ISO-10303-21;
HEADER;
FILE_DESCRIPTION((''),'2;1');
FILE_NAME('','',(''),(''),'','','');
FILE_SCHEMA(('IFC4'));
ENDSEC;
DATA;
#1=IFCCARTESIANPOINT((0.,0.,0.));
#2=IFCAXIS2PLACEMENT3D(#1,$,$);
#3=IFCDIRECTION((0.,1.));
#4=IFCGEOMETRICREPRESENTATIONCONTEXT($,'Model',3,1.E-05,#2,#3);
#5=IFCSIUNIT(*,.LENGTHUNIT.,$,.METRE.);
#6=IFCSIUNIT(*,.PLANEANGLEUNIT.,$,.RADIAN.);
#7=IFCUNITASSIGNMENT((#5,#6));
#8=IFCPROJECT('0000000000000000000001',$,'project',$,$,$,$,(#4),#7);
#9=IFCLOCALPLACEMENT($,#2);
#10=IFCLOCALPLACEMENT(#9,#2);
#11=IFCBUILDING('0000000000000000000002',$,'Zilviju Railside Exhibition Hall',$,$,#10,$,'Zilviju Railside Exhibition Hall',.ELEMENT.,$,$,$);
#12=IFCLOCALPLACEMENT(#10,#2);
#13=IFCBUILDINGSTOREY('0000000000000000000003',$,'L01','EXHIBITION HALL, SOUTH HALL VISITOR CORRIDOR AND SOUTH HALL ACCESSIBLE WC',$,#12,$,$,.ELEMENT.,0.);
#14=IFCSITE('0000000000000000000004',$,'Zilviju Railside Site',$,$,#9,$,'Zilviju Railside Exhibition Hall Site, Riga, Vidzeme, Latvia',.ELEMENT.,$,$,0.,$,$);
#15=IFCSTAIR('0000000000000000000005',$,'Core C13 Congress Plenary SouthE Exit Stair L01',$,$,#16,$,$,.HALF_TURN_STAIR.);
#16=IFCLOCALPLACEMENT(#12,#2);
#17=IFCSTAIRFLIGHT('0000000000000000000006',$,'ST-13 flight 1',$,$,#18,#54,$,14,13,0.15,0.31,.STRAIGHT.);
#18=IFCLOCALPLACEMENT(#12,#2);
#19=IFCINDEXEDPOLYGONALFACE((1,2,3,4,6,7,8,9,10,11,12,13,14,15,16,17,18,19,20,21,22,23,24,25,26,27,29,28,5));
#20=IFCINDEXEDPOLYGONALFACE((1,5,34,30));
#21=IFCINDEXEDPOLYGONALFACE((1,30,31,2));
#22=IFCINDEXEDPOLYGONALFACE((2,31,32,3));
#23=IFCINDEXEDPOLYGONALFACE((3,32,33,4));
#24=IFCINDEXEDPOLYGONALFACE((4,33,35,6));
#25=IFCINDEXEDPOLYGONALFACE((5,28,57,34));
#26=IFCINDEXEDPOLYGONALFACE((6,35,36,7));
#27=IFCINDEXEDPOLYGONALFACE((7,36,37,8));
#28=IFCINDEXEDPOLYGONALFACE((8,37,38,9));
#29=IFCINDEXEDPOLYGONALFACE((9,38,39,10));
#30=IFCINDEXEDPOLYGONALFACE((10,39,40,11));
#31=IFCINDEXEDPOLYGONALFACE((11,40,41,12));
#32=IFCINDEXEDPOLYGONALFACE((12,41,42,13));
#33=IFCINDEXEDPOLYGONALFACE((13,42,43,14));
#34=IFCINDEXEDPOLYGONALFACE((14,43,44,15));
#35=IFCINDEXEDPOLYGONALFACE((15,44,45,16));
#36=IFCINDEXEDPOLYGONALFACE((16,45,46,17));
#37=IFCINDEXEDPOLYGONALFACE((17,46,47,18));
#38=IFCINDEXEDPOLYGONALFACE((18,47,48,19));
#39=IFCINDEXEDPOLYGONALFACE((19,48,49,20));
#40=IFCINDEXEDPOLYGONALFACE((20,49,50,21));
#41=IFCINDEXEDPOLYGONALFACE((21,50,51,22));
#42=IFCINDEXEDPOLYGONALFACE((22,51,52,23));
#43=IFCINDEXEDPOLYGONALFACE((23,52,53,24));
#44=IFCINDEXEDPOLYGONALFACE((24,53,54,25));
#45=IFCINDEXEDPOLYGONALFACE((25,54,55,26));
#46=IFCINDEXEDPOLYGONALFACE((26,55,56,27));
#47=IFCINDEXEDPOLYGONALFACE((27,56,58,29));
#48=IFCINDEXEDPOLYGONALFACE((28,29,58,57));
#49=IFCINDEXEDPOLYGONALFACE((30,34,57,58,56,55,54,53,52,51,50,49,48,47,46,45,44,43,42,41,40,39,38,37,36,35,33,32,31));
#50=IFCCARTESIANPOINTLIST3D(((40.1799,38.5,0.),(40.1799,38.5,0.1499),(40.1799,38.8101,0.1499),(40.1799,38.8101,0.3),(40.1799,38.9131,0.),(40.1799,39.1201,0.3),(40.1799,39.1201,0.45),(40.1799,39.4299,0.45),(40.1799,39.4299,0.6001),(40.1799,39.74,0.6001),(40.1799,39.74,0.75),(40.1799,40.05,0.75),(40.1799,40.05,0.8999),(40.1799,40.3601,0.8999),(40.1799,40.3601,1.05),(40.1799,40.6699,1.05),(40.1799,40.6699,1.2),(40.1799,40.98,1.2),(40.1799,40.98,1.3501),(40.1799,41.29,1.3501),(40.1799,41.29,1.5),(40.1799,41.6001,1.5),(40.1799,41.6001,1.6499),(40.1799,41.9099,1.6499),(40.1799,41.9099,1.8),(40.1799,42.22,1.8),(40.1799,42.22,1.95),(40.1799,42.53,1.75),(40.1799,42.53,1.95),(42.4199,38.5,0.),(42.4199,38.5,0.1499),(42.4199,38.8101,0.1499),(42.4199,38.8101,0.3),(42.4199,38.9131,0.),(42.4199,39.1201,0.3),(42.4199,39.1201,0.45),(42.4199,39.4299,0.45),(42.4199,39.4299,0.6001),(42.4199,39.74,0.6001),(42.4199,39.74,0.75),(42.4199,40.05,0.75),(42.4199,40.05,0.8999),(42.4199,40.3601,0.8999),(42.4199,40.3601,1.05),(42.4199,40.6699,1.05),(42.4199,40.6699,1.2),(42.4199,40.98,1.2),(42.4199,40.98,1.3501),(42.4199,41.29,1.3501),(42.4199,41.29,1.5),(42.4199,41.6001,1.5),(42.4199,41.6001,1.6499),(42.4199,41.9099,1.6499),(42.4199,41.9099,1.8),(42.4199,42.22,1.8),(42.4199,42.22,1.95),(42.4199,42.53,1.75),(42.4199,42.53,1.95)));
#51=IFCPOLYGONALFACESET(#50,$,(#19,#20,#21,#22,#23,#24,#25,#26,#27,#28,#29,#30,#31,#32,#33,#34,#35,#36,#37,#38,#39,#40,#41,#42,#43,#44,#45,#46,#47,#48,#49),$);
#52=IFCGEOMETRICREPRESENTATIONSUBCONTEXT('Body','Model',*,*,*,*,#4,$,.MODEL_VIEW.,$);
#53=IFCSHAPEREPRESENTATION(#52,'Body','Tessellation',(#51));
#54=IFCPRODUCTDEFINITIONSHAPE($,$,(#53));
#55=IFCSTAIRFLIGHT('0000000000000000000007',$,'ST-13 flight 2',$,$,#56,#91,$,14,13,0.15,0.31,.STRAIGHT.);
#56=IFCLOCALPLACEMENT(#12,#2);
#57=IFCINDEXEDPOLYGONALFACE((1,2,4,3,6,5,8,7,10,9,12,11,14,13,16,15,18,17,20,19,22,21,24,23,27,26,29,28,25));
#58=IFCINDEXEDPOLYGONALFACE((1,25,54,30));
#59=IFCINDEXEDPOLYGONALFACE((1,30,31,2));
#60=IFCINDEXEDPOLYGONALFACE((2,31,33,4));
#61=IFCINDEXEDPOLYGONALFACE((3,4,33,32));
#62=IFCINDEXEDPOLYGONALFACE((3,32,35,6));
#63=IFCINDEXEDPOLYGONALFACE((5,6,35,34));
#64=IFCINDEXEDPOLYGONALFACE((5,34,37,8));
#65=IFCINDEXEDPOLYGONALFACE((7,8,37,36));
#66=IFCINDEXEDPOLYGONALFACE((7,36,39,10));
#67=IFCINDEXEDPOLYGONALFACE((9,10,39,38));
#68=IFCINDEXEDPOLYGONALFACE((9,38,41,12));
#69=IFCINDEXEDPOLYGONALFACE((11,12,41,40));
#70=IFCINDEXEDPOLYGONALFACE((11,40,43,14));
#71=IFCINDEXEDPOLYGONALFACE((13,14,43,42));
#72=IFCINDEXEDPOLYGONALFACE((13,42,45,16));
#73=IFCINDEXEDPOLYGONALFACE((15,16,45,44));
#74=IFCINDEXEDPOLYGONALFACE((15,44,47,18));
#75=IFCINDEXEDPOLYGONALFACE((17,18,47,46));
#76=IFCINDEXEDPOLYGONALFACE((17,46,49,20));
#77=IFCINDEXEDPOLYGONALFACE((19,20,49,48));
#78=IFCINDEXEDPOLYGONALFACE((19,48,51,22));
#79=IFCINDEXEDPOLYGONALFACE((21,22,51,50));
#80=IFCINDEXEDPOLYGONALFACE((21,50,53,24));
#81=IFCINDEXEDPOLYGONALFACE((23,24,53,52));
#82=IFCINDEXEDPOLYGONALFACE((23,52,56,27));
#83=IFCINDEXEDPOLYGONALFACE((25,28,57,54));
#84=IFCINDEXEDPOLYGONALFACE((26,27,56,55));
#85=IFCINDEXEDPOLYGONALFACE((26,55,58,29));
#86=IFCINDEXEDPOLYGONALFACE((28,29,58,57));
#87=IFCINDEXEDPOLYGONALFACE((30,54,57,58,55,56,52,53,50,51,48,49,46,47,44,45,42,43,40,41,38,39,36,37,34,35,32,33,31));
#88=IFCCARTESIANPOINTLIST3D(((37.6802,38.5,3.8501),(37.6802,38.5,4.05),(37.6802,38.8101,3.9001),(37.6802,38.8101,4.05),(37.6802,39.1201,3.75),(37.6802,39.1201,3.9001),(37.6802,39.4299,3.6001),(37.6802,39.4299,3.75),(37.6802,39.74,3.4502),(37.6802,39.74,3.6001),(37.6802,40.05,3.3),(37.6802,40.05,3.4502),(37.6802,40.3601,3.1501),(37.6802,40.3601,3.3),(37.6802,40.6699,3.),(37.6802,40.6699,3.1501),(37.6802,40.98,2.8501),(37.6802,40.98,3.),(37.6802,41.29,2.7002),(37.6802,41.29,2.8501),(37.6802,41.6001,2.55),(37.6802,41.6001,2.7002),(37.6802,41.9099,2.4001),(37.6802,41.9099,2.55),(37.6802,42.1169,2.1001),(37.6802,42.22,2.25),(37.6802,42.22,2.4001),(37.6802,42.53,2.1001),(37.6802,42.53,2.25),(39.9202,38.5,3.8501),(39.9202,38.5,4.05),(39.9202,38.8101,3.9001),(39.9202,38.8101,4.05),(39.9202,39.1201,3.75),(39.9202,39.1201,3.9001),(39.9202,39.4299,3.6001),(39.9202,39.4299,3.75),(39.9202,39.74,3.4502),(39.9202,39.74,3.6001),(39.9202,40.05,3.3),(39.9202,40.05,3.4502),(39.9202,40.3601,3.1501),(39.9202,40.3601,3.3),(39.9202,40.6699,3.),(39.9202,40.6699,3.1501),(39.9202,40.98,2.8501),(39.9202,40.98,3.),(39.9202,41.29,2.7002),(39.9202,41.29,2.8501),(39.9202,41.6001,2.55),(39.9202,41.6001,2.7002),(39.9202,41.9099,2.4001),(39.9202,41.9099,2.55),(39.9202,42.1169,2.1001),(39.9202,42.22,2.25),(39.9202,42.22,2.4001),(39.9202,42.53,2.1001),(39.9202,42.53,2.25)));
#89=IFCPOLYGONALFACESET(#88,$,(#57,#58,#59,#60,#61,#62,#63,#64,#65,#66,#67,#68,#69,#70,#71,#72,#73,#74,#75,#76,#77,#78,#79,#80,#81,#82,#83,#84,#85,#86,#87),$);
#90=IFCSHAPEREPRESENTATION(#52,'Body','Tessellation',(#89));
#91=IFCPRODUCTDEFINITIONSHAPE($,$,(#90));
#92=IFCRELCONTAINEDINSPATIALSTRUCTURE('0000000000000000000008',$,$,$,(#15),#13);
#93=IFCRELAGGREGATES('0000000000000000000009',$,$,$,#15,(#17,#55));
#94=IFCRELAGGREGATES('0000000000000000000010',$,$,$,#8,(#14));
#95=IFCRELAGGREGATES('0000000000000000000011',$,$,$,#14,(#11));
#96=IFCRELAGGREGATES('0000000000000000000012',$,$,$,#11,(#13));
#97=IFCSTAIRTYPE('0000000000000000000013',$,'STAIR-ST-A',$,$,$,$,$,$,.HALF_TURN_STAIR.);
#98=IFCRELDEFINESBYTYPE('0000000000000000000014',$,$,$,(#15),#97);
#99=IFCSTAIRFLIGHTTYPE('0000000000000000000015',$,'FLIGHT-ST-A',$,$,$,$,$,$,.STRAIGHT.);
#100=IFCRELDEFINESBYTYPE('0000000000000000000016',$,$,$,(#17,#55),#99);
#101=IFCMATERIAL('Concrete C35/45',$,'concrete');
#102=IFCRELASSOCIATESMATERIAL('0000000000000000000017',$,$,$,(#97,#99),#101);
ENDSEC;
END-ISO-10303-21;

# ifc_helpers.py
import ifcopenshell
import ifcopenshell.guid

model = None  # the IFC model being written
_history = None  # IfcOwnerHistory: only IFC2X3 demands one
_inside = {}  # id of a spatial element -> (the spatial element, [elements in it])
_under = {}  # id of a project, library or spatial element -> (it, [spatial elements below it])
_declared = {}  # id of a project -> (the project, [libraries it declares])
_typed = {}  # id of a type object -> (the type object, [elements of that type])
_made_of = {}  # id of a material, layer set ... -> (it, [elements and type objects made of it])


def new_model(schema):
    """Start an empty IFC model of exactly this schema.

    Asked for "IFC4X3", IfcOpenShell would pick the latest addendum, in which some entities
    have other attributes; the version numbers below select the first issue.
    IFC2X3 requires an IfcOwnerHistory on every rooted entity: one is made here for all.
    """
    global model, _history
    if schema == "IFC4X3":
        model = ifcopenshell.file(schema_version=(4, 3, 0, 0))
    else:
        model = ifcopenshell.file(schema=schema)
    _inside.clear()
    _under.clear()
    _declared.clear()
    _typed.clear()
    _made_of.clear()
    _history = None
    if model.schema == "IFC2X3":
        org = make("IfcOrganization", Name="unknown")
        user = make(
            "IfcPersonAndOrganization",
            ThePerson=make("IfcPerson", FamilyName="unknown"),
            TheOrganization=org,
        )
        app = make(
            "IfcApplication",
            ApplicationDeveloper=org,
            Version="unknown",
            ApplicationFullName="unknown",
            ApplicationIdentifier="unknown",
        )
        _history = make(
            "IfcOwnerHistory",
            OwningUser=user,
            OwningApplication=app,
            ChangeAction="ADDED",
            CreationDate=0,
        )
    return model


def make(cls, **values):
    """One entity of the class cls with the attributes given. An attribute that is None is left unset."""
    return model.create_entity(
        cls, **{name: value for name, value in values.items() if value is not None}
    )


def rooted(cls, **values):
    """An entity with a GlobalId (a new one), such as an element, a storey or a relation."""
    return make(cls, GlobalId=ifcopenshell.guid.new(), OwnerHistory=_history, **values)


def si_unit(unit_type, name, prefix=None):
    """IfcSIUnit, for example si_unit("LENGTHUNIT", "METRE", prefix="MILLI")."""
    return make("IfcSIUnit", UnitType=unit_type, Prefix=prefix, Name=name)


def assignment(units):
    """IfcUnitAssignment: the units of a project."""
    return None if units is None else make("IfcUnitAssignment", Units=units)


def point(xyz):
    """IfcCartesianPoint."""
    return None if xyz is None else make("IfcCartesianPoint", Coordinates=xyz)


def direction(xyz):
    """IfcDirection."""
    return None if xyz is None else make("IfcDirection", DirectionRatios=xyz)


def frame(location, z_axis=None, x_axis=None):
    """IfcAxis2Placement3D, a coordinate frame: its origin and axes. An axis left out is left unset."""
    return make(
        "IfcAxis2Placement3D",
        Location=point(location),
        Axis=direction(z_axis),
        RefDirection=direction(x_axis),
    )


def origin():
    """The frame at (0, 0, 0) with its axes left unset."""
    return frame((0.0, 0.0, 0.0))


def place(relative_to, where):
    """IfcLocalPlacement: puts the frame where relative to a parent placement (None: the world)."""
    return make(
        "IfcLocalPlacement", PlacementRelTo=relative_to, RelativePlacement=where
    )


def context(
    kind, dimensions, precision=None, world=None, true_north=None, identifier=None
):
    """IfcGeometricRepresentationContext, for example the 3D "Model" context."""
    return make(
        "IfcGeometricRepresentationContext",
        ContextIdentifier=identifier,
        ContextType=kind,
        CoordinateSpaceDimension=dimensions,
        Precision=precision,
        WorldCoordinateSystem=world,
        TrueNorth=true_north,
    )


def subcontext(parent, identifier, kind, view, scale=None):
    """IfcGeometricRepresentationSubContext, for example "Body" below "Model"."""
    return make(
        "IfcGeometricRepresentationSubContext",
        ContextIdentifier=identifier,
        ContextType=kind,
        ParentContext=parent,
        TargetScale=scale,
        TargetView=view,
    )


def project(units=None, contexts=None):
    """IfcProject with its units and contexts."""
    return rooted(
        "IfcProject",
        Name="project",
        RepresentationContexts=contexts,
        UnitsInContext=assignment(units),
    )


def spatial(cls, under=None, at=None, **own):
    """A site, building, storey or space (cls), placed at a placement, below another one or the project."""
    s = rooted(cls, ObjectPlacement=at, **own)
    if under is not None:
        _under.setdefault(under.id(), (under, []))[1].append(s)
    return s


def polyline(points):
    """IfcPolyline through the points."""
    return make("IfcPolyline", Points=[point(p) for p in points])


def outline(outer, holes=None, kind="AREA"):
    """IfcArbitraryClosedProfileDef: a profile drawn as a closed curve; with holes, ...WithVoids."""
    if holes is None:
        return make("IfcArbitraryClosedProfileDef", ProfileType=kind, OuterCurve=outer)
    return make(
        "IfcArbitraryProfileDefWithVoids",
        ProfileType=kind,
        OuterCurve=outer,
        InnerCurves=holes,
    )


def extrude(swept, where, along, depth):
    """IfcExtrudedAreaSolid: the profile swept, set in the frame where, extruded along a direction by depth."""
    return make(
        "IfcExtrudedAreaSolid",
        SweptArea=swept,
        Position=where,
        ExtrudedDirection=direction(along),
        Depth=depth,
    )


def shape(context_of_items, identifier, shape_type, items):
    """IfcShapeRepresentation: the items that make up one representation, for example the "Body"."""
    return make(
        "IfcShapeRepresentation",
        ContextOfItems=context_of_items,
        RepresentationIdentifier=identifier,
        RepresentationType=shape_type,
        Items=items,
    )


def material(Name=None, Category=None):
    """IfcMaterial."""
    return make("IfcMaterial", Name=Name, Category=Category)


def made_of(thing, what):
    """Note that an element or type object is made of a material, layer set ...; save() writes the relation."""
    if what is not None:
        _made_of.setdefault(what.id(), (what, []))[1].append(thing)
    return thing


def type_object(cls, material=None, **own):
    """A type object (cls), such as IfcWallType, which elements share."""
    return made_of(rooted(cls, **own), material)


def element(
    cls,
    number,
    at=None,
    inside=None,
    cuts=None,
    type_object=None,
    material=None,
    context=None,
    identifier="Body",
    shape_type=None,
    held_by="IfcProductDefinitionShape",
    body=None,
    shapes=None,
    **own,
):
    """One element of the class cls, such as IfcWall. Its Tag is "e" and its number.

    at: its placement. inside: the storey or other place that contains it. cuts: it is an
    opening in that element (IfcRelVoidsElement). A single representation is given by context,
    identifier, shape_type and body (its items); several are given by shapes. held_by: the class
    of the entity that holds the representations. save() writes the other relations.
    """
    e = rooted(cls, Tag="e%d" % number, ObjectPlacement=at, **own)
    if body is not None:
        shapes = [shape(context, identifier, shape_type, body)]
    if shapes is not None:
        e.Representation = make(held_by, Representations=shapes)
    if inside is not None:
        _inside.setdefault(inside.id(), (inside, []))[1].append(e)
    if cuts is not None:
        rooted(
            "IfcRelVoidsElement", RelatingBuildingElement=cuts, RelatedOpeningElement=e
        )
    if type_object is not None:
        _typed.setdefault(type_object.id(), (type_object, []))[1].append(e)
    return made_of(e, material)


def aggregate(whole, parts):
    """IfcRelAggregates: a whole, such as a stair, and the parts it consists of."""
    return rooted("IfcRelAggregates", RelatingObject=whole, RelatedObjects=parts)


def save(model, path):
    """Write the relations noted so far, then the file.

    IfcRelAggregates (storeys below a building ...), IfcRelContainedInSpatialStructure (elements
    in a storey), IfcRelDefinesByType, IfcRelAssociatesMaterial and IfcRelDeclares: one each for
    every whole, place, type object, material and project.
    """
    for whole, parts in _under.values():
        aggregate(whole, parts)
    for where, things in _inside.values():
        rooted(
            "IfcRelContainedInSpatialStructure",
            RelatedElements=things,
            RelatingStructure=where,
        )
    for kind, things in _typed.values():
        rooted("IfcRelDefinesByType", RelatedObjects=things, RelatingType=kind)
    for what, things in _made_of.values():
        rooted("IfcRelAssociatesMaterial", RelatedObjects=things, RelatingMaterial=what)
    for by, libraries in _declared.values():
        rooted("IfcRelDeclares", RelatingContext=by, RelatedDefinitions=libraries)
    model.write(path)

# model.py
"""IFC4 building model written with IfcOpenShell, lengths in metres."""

from ifc_helpers import new_model, si_unit, direction, frame, origin, place, context, subcontext, project, spatial, polyline, outline, extrude, material, type_object, element, aggregate, save


model = new_model("IFC4")

# Units and contexts
model_context = context("Model", 3, precision=1e-05, world=origin(), true_north=direction((0.0, 1.0)))
body_context = subcontext(model_context, "Body", "Model", "MODEL_VIEW")
ifc_project = project(units=[si_unit("LENGTHUNIT", "METRE"), si_unit("PLANEANGLEUNIT", "RADIAN")], contexts=[model_context])

# Site, building, storey
site_placement = place(None, origin())
site = spatial("IfcSite", under=ifc_project, at=site_placement, Name="Zilviju Railside Site", LongName="Zilviju Railside Exhibition Hall Site, Riga, Vidzeme, Latvia", CompositionType="ELEMENT", RefElevation=0.0)
building_placement = place(site_placement, origin())
building = spatial("IfcBuilding", under=site, at=building_placement, Name="Zilviju Railside Exhibition Hall", LongName="Zilviju Railside Exhibition Hall", CompositionType="ELEMENT")
storey_placement = place(building_placement, origin())
storey = spatial("IfcBuildingStorey", under=building, at=storey_placement, Name="L01", Description="EXHIBITION HALL, SOUTH HALL VISITOR CORRIDOR AND SOUTH HALL ACCESSIBLE WC", CompositionType="ELEMENT", Elevation=0.0)

# Shared definitions
ifc_material_1 = material(Name="Concrete C35/45", Category="concrete")

# Stair, stair flights
stair_type = type_object("IfcStairType", Name="STAIR-ST-A", PredefinedType="HALF_TURN_STAIR", material=ifc_material_1)
stair_placement = place(storey_placement, origin())
stair = element("IfcStair", 1, at=stair_placement, inside=storey, type_object=stair_type, Name="Core C13 Congress Plenary SouthE Exit Stair L01", PredefinedType="HALF_TURN_STAIR")
stair_flight_type = type_object("IfcStairFlightType", Name="FLIGHT-ST-A", PredefinedType="STRAIGHT", material=ifc_material_1)
stair_flight_1_placement = place(storey_placement, frame((41.3, 38.5, 0.0), z_axis=(0.0, 0.0, 1.0), x_axis=(0.0, 1.0, 0.0)))
stair_flight_1 = element("IfcStairFlight", 2, at=stair_flight_1_placement, type_object=stair_flight_type, Name="ST-13 flight 1", NumberOfRisers=14, NumberOfTreads=13, PredefinedType="STRAIGHT", RiserHeight=0.15, TreadLength=0.31, context=body_context, shape_type="SweptSolid", body=[
    extrude(outline(polyline([(0.0, 0.0), (0.0, 0.1499), (0.3101, 0.1499), (0.3101, 0.3), (0.6201, 0.3), (0.6201, 0.45), (0.9299, 0.45), (0.9299, 0.6001), (1.24, 0.6001), (1.24, 0.75), (1.55, 0.75), (1.55, 0.8999), (1.8601, 0.8999), (1.8601, 1.05), (2.1699, 1.05), (2.1699, 1.2), (2.48, 1.2), (2.48, 1.3501), (2.79, 1.3501), (2.79, 1.5), (3.1001, 1.5), (3.1001, 1.6499), (3.4099, 1.6499), (3.4099, 1.8), (3.72, 1.8), (3.72, 1.95), (4.03, 1.95), (4.03, 2.1001), (4.03, 1.75), (0.4131, 0.0), (0.0, 0.0)])), frame((0.0, 1.1201, 0.0), z_axis=(0.0, -1.0, 0.0), x_axis=(1.0, 0.0, 0.0)), (0.0, 0.0, 1.0), 2.24),
])
stair_flight_2_placement = place(storey_placement, frame((38.8, 42.53, 2.1001), z_axis=(0.0, 0.0, 1.0), x_axis=(0.0, -1.0, 0.0)))
stair_flight_2 = element("IfcStairFlight", 3, at=stair_flight_2_placement, type_object=stair_flight_type, Name="ST-13 flight 2", NumberOfRisers=14, NumberOfTreads=13, PredefinedType="STRAIGHT", RiserHeight=0.15, TreadLength=0.31, context=body_context, shape_type="SweptSolid", body=[
    extrude(outline(polyline([(0.0, 0.0), (0.0, 0.1499), (0.3101, 0.1499), (0.3101, 0.3), (0.6201, 0.3), (0.6201, 0.45), (0.9299, 0.45), (0.9299, 0.6001), (1.24, 0.6001), (1.24, 0.75), (1.55, 0.75), (1.55, 0.8999), (1.8601, 0.8999), (1.8601, 1.05), (2.1699, 1.05), (2.1699, 1.2), (2.48, 1.2), (2.48, 1.3501), (2.79, 1.3501), (2.79, 1.5), (3.1001, 1.5), (3.1001, 1.6499), (3.4099, 1.6499), (3.4099, 1.8), (3.72, 1.8), (3.72, 1.95), (4.03, 1.95), (4.03, 2.1001), (4.03, 1.75), (0.4131, 0.0), (0.0, 0.0)])), frame((0.0, 1.1201, 0.0), z_axis=(0.0, -1.0, 0.0), x_axis=(1.0, 0.0, 0.0)), (0.0, 0.0, 1.0), 2.24),
])
aggregate(stair, [stair_flight_1, stair_flight_2])

save(model, "model.ifc")
